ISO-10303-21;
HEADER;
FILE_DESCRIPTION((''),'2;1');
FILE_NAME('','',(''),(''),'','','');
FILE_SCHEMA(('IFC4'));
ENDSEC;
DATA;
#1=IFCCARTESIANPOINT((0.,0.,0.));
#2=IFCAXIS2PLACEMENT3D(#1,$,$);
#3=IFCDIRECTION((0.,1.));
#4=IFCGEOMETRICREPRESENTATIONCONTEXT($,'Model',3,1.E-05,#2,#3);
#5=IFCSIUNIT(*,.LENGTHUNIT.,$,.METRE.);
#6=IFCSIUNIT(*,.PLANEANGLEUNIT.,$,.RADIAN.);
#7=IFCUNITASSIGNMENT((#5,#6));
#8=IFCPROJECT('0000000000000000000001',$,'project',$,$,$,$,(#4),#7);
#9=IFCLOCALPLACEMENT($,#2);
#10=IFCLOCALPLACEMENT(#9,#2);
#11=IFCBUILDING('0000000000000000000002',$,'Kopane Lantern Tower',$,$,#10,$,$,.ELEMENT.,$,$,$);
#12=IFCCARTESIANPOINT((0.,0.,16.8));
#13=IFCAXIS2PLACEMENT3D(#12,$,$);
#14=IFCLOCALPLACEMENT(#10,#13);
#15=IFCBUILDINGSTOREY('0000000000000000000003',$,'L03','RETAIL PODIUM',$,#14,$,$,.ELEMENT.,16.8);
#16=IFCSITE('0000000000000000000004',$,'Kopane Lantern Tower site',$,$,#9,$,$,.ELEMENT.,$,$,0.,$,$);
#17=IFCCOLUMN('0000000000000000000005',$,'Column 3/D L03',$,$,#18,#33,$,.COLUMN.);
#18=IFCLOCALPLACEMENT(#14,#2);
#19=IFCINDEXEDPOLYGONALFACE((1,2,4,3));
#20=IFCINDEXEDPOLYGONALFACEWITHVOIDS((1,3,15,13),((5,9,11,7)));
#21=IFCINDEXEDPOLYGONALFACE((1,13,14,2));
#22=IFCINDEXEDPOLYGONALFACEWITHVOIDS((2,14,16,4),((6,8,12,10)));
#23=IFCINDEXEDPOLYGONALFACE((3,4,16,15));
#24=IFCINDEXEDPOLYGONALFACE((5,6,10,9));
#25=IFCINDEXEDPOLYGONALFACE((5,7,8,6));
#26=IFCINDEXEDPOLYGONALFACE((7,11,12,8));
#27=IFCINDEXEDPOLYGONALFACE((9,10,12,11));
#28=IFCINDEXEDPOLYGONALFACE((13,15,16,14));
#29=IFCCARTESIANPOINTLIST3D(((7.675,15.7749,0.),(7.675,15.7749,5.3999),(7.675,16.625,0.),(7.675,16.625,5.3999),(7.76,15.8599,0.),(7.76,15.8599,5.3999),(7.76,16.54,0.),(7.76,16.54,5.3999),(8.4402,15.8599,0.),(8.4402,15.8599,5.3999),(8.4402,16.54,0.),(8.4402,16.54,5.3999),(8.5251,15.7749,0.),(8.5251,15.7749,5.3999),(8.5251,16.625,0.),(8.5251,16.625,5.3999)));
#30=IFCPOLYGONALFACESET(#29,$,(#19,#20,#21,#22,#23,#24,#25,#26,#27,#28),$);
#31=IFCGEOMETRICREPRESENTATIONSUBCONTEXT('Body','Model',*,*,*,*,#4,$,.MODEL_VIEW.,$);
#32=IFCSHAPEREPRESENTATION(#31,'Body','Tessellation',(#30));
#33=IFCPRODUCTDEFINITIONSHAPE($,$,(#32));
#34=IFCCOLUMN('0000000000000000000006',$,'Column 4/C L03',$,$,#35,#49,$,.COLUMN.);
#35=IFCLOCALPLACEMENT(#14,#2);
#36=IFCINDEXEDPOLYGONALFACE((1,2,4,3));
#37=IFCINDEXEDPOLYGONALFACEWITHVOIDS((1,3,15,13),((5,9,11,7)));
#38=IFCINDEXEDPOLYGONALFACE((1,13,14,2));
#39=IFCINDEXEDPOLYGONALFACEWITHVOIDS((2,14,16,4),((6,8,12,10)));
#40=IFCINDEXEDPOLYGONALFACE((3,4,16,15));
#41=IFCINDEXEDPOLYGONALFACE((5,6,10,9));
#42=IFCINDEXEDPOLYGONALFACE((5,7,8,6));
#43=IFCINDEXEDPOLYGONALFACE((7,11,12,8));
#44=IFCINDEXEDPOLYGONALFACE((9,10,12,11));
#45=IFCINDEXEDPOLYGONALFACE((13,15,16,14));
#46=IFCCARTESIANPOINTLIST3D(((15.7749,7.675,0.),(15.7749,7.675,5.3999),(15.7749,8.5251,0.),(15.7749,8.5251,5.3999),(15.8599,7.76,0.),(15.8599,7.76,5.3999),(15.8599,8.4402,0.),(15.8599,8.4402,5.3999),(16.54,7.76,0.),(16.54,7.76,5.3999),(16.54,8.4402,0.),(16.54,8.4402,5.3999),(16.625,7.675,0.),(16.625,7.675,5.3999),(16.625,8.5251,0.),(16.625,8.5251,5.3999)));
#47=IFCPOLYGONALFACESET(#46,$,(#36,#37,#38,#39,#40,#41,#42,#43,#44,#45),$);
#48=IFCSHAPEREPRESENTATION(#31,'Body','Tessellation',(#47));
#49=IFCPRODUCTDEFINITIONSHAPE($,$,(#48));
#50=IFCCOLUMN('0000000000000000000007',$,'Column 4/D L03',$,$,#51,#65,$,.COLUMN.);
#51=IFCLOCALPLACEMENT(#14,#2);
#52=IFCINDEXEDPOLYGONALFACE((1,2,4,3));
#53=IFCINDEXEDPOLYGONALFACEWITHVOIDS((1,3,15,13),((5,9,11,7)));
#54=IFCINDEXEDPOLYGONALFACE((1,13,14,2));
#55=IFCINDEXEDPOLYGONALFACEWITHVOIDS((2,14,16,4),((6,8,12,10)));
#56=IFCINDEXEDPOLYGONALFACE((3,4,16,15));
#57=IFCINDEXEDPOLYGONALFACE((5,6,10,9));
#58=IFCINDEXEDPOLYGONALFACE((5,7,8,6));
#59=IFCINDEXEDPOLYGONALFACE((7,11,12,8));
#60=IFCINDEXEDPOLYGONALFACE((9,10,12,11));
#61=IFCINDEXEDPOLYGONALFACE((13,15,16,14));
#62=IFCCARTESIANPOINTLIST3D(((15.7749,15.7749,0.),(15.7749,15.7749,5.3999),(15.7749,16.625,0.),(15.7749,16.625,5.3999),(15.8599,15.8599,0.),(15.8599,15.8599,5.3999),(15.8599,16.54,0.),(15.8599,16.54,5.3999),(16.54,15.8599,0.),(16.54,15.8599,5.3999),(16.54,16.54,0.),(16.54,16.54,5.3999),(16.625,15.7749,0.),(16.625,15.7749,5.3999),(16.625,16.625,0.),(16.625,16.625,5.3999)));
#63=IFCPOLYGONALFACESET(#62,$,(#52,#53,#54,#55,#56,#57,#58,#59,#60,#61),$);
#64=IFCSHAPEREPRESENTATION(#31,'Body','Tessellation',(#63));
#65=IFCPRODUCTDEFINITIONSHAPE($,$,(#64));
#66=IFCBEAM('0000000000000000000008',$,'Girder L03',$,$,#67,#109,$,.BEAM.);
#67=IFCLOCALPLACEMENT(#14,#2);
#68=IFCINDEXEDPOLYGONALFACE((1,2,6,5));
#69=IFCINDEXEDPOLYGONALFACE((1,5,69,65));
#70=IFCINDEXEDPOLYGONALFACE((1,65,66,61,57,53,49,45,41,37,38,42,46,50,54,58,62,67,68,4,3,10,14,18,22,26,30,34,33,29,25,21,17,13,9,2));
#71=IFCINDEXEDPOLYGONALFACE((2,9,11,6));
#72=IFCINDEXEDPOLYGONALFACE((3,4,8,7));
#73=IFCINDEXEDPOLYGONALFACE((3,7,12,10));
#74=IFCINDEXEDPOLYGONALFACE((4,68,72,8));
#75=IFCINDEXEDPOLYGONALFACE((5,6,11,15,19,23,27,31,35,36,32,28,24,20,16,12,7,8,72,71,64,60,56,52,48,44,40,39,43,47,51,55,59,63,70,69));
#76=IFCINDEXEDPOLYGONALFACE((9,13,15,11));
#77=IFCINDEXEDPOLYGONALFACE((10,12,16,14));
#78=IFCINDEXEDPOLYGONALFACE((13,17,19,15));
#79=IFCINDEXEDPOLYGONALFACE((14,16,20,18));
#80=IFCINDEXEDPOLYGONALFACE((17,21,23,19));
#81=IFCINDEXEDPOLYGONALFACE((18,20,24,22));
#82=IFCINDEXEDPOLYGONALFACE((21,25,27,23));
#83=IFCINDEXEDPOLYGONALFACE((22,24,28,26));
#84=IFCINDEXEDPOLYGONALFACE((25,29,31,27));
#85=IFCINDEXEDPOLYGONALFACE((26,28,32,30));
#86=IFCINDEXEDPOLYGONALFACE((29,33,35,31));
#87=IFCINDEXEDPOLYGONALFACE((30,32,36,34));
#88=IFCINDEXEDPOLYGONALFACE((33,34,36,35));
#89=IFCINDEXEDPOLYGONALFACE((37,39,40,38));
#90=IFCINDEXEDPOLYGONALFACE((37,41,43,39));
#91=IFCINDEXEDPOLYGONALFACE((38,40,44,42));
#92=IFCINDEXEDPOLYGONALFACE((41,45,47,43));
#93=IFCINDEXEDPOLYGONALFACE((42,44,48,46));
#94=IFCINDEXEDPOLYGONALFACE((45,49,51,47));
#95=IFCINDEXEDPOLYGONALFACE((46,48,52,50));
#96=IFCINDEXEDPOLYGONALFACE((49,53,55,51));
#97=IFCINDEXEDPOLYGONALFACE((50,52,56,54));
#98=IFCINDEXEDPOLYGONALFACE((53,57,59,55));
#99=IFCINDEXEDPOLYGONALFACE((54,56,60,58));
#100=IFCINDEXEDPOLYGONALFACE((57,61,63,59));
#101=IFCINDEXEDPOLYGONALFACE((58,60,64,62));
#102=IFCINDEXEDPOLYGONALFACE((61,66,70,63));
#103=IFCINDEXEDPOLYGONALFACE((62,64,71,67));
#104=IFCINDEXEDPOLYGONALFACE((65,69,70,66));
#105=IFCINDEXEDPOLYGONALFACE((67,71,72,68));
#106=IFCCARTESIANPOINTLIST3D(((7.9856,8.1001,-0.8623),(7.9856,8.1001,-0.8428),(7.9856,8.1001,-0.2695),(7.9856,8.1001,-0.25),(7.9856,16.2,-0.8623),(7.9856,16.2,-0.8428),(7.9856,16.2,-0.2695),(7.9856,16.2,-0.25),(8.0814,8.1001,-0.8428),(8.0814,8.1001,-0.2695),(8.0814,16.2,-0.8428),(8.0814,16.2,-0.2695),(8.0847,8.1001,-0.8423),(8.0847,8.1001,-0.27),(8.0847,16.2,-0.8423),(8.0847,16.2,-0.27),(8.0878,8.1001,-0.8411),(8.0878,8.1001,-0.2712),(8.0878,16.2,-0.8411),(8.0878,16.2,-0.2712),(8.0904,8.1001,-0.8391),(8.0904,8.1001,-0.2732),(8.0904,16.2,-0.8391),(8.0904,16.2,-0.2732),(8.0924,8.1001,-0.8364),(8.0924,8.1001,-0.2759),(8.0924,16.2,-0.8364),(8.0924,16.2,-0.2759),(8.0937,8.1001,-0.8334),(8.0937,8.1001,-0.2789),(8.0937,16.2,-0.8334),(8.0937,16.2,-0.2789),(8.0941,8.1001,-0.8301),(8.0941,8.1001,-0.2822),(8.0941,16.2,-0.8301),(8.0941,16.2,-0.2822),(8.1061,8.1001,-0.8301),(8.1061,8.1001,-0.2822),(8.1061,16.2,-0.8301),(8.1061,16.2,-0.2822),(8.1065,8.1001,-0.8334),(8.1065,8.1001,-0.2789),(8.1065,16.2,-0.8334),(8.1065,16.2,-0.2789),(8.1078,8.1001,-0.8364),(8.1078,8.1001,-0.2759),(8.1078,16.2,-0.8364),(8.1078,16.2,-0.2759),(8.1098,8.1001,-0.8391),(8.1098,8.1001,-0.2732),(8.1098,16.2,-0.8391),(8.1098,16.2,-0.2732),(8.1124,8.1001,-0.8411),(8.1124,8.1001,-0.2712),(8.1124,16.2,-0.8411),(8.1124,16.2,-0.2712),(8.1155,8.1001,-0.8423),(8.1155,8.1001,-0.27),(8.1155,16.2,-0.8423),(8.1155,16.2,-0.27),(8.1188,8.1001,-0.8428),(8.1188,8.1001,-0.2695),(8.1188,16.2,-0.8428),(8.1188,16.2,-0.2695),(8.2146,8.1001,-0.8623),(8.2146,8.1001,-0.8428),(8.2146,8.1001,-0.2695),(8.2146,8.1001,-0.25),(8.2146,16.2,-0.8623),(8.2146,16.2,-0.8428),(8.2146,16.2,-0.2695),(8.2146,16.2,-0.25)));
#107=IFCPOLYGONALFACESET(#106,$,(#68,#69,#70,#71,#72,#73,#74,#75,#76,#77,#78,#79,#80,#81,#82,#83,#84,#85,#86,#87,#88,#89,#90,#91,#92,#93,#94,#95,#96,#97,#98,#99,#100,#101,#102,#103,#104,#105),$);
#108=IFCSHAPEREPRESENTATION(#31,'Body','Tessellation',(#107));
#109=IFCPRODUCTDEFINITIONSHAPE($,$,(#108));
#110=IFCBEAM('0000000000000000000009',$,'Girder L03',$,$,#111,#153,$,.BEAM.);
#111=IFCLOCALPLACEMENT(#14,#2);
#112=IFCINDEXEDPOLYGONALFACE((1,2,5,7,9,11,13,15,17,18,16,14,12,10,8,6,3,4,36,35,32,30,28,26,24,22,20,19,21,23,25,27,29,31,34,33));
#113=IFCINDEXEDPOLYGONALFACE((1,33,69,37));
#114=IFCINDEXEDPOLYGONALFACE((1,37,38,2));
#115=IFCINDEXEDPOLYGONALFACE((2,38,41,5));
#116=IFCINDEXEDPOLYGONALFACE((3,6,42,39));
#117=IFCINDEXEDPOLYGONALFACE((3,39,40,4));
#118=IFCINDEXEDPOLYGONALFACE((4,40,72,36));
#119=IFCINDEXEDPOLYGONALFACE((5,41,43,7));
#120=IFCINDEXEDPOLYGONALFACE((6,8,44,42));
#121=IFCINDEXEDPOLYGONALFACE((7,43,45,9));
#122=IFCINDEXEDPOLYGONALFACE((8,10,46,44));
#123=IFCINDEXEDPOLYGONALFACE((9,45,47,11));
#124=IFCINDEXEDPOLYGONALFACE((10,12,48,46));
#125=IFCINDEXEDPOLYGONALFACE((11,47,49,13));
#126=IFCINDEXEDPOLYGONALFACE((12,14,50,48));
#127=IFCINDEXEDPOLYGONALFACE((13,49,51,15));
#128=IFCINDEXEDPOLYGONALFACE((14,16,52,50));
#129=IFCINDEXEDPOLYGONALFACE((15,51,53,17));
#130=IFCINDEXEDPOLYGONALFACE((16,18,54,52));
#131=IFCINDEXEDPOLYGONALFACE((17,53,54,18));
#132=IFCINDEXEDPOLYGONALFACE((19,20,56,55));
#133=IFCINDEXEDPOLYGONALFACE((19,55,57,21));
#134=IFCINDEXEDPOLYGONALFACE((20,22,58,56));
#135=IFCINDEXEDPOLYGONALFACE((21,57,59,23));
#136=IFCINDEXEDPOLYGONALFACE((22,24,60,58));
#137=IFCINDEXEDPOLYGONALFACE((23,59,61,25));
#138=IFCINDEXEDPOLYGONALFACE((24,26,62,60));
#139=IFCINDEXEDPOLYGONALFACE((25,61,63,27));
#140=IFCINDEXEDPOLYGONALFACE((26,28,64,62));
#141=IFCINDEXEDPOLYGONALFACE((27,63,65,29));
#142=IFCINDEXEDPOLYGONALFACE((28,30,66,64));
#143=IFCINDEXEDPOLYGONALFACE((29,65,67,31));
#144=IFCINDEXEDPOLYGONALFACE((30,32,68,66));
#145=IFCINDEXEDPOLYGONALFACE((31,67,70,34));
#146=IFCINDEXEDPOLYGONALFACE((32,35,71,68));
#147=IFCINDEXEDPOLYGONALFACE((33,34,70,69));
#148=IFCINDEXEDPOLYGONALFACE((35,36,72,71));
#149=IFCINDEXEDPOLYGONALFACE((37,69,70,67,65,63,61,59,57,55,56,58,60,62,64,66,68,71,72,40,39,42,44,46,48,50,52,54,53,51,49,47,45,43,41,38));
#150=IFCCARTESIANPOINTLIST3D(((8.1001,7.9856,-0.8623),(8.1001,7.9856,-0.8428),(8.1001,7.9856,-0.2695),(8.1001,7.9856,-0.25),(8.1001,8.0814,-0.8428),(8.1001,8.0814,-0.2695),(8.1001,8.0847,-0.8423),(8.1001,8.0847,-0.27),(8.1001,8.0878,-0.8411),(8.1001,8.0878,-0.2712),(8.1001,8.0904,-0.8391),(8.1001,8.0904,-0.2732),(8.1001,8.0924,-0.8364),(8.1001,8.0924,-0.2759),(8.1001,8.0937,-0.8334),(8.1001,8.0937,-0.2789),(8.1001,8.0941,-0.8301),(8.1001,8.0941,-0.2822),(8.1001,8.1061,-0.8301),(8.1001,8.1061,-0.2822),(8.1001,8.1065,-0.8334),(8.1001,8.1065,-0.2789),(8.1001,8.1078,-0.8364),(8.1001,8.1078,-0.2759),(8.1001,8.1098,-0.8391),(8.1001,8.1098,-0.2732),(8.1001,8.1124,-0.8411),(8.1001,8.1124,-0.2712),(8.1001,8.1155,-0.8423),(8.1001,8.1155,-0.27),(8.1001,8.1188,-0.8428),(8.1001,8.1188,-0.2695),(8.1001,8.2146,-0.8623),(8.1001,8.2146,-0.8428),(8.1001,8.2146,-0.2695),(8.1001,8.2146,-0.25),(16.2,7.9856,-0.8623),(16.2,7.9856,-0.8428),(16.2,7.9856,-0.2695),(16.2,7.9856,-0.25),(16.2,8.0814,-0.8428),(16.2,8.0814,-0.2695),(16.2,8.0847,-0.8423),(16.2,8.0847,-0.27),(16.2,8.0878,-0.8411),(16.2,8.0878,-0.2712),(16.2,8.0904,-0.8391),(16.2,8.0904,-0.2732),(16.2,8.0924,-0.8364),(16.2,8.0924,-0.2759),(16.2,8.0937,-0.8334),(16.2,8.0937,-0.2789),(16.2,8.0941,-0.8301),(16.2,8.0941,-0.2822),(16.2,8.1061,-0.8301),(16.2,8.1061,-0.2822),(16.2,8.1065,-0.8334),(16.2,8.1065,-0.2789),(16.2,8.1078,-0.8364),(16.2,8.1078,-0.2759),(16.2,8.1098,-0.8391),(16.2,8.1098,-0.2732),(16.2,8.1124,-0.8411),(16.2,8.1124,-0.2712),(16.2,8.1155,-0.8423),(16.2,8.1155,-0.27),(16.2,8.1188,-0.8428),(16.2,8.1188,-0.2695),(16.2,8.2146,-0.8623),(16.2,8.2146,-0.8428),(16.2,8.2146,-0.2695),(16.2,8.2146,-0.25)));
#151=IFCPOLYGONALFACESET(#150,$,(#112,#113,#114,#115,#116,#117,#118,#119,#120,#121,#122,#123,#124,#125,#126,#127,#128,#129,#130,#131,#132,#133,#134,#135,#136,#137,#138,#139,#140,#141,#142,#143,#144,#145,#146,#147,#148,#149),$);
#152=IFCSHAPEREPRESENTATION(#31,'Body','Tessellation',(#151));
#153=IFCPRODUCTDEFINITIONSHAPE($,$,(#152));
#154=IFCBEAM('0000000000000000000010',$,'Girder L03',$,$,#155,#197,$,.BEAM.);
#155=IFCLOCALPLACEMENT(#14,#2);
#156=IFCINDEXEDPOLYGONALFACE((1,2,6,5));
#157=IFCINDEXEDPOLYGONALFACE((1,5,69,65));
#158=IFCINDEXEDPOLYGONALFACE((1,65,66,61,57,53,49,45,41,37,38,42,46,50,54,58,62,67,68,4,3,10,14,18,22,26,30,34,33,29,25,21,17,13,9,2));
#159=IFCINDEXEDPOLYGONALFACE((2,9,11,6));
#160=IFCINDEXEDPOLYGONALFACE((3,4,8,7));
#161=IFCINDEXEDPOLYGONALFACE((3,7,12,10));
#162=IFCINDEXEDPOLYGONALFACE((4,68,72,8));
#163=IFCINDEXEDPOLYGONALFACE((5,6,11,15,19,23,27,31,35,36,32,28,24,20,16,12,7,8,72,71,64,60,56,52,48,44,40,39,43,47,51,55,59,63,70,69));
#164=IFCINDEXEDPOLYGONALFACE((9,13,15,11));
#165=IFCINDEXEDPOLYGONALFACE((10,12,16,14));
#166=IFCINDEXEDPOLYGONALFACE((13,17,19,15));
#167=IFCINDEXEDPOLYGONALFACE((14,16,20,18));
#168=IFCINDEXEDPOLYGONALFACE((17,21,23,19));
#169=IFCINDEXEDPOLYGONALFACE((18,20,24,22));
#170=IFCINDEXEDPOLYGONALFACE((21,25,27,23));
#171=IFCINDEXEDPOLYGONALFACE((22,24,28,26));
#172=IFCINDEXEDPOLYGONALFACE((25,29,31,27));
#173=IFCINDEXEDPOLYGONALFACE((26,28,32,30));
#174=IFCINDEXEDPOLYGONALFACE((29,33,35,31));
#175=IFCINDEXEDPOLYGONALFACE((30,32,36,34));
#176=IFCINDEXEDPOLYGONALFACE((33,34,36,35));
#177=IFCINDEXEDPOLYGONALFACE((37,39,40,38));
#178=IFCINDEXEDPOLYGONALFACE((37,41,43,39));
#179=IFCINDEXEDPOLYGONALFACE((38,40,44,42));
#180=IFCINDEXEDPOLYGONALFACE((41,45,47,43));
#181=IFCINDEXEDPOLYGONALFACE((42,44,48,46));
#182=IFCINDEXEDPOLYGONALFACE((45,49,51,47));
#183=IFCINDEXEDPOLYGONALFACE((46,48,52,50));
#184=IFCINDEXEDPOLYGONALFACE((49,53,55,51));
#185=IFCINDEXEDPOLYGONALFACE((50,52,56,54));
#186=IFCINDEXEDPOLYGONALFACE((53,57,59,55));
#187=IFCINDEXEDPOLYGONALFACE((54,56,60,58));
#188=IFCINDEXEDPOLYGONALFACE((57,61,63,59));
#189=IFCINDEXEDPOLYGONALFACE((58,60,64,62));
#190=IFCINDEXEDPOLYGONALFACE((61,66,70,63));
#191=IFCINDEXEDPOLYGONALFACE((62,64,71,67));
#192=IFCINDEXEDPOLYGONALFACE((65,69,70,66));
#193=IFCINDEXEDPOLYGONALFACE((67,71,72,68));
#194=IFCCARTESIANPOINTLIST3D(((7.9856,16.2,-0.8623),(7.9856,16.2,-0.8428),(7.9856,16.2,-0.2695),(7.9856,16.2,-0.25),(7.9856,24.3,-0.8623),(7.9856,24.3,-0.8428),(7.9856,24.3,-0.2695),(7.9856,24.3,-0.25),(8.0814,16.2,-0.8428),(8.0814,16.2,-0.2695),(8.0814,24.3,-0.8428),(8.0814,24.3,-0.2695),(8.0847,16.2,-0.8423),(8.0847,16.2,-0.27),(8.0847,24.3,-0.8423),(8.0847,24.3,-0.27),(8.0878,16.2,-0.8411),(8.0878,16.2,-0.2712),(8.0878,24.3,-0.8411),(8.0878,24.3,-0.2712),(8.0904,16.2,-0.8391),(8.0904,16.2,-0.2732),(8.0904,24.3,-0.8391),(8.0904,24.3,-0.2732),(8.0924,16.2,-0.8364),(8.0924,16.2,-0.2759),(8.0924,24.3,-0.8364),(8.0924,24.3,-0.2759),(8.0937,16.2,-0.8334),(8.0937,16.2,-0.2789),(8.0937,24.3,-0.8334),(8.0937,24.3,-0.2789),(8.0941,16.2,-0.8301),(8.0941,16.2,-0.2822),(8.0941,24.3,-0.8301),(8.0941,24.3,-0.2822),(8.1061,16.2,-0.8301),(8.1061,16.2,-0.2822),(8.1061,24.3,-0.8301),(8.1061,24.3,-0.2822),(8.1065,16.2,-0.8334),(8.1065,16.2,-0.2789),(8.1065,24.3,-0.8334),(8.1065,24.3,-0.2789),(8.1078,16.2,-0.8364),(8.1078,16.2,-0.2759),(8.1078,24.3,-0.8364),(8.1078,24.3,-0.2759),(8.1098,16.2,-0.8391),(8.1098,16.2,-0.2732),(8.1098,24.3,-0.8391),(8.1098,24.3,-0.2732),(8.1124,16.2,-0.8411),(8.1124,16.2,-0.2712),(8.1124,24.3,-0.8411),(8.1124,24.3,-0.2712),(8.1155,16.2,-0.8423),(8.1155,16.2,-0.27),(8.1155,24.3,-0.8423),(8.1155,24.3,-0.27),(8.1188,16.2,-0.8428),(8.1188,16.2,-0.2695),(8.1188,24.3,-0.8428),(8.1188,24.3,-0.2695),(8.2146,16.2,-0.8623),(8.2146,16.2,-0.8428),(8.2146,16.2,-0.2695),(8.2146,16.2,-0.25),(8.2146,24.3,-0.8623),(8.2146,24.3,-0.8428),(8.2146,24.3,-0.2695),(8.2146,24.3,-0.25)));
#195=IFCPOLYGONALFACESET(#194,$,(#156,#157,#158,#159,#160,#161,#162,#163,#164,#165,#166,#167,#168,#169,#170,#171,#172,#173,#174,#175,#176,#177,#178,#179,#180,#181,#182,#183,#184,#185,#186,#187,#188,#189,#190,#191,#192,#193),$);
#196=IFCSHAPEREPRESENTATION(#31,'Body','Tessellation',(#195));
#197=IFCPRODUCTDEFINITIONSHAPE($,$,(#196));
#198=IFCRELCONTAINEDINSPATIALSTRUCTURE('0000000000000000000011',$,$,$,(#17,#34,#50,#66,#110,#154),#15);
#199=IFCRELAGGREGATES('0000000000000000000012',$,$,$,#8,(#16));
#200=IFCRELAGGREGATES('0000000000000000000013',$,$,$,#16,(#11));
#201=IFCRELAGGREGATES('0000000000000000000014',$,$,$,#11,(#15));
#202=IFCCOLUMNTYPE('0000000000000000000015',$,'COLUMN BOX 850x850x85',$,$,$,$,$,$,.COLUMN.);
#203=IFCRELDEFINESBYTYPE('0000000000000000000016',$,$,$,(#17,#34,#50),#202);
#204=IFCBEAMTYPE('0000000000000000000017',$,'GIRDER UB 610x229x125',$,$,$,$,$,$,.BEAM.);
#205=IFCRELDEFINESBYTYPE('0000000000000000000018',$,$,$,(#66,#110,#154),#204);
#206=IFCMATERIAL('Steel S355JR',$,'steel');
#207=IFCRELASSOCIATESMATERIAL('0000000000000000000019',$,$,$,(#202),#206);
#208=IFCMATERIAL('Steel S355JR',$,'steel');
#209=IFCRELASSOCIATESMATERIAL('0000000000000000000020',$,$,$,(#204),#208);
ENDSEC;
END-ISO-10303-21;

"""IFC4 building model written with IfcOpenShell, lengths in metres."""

from ifc_helpers import new_model, si_unit, direction, frame, origin, origin_2d, place, context, subcontext, project, spatial, hollow_rectangle, i_section, extrude, material, material_profile, profile_set, type_object, element, save


model = new_model("IFC4")

# Units and contexts
model_context = context("Model", 3, precision=1e-05, world=origin(), true_north=direction((0.0, 1.0)))
body_context = subcontext(model_context, "Body", "Model", "MODEL_VIEW")
ifc_project = project(units=[si_unit("LENGTHUNIT", "METRE"), si_unit("PLANEANGLEUNIT", "RADIAN")], contexts=[model_context])

# Site, building, storey
site_placement = place(None, origin())
site = spatial("IfcSite", under=ifc_project, at=site_placement, Name="Kopane Lantern Tower site", CompositionType="ELEMENT", RefElevation=0.0)
building_placement = place(site_placement, origin())
building = spatial("IfcBuilding", under=site, at=building_placement, Name="Kopane Lantern Tower", CompositionType="ELEMENT")
storey_placement = place(building_placement, frame((0.0, 0.0, 16.8)))
storey = spatial("IfcBuildingStorey", under=building, at=storey_placement, Name="L03", Description="RETAIL PODIUM", CompositionType="ELEMENT", Elevation=16.8)

# Columns
ifc_material_1 = material(Name="Steel S355JR", Category="steel")
ifc_material_profile_1 = material_profile(ifc_material_1, hollow_rectangle(XDim=0.8501, YDim=0.8501, WallThickness=0.085, at=origin_2d()), Name="BOX 850x850x85")
ifc_profile_set_1 = profile_set([ifc_material_profile_1], Name="Steel S355JR")
column_type = type_object("IfcColumnType", Name="COLUMN BOX 850x850x85", PredefinedType="COLUMN", material=ifc_profile_set_1)
for number, where, z_axis, x_axis, name in (
    (1, (8.1001, 16.2, 0.0), (0.0, 0.0, 1.0), (1.0, 0.0, 0.0), "Column 3/D L03"),
    (2, (16.2, 8.1001, 0.0), (0.0, 0.0, 1.0), (1.0, 0.0, 0.0), "Column 4/C L03"),
    (3, (16.2, 16.2, 0.0), (0.0, 0.0, 1.0), (1.0, 0.0, 0.0), "Column 4/D L03"),
):
    element("IfcColumn", number, at=place(storey_placement, frame(where, z_axis=z_axis, x_axis=x_axis)), inside=storey, type_object=column_type, Name=name, PredefinedType="COLUMN", context=body_context, shape_type="SweptSolid", body=[
        extrude(hollow_rectangle(XDim=0.8501, YDim=0.8501, WallThickness=0.085, at=origin_2d()), origin(), (0.0, 0.0, 1.0), 5.3999),
    ])

# Beams
ifc_material_2 = material(Name="Steel S355JR", Category="steel")
ifc_material_profile_2 = material_profile(ifc_material_2, i_section(OverallWidth=0.229, OverallDepth=0.6123, WebThickness=0.012, FlangeThickness=0.0195, FilletRadius=0.0127, at=origin_2d()), Name="UB 610x229x125")
ifc_profile_set_2 = profile_set([ifc_material_profile_2], Name="Steel S355JR")
beam_type = type_object("IfcBeamType", Name="GIRDER UB 610x229x125", PredefinedType="BEAM", material=ifc_profile_set_2)
for number, where, z_axis, x_axis, name in (
    (4, (8.1001, 8.1001, -0.5562), (0.0, 1.0, 0.0), (-1.0, 0.0, 0.0), "Girder L03"),
    (5, (8.1001, 8.1001, -0.5562), (1.0, 0.0, 0.0), (0.0, 1.0, 0.0), "Girder L03"),
):
    element("IfcBeam", number, at=place(storey_placement, frame(where, z_axis=z_axis, x_axis=x_axis)), inside=storey, type_object=beam_type, Name=name, PredefinedType="BEAM", context=body_context, shape_type="SweptSolid", body=[
        extrude(i_section(OverallWidth=0.229, OverallDepth=0.6123, WebThickness=0.012, FlangeThickness=0.0195, FilletRadius=0.0127, at=origin_2d()), origin(), (0.0, 0.0, 1.0), 8.0999),
    ])
beam_placement = place(storey_placement, frame((8.1001, 16.2, -0.5562), z_axis=(0.0, 1.0, 0.0), x_axis=(-1.0, 0.0, 0.0)))
element("IfcBeam", 6, at=beam_placement, inside=storey, type_object=beam_type, Name="Girder L03", PredefinedType="BEAM", context=body_context, shape_type="SweptSolid", body=[
    extrude(i_section(OverallWidth=0.229, OverallDepth=0.6123, WebThickness=0.012, FlangeThickness=0.0195, FilletRadius=0.0127, at=origin_2d()), origin(), (0.0, 0.0, 1.0), 8.1001),
])

save(model, "model.ifc")
